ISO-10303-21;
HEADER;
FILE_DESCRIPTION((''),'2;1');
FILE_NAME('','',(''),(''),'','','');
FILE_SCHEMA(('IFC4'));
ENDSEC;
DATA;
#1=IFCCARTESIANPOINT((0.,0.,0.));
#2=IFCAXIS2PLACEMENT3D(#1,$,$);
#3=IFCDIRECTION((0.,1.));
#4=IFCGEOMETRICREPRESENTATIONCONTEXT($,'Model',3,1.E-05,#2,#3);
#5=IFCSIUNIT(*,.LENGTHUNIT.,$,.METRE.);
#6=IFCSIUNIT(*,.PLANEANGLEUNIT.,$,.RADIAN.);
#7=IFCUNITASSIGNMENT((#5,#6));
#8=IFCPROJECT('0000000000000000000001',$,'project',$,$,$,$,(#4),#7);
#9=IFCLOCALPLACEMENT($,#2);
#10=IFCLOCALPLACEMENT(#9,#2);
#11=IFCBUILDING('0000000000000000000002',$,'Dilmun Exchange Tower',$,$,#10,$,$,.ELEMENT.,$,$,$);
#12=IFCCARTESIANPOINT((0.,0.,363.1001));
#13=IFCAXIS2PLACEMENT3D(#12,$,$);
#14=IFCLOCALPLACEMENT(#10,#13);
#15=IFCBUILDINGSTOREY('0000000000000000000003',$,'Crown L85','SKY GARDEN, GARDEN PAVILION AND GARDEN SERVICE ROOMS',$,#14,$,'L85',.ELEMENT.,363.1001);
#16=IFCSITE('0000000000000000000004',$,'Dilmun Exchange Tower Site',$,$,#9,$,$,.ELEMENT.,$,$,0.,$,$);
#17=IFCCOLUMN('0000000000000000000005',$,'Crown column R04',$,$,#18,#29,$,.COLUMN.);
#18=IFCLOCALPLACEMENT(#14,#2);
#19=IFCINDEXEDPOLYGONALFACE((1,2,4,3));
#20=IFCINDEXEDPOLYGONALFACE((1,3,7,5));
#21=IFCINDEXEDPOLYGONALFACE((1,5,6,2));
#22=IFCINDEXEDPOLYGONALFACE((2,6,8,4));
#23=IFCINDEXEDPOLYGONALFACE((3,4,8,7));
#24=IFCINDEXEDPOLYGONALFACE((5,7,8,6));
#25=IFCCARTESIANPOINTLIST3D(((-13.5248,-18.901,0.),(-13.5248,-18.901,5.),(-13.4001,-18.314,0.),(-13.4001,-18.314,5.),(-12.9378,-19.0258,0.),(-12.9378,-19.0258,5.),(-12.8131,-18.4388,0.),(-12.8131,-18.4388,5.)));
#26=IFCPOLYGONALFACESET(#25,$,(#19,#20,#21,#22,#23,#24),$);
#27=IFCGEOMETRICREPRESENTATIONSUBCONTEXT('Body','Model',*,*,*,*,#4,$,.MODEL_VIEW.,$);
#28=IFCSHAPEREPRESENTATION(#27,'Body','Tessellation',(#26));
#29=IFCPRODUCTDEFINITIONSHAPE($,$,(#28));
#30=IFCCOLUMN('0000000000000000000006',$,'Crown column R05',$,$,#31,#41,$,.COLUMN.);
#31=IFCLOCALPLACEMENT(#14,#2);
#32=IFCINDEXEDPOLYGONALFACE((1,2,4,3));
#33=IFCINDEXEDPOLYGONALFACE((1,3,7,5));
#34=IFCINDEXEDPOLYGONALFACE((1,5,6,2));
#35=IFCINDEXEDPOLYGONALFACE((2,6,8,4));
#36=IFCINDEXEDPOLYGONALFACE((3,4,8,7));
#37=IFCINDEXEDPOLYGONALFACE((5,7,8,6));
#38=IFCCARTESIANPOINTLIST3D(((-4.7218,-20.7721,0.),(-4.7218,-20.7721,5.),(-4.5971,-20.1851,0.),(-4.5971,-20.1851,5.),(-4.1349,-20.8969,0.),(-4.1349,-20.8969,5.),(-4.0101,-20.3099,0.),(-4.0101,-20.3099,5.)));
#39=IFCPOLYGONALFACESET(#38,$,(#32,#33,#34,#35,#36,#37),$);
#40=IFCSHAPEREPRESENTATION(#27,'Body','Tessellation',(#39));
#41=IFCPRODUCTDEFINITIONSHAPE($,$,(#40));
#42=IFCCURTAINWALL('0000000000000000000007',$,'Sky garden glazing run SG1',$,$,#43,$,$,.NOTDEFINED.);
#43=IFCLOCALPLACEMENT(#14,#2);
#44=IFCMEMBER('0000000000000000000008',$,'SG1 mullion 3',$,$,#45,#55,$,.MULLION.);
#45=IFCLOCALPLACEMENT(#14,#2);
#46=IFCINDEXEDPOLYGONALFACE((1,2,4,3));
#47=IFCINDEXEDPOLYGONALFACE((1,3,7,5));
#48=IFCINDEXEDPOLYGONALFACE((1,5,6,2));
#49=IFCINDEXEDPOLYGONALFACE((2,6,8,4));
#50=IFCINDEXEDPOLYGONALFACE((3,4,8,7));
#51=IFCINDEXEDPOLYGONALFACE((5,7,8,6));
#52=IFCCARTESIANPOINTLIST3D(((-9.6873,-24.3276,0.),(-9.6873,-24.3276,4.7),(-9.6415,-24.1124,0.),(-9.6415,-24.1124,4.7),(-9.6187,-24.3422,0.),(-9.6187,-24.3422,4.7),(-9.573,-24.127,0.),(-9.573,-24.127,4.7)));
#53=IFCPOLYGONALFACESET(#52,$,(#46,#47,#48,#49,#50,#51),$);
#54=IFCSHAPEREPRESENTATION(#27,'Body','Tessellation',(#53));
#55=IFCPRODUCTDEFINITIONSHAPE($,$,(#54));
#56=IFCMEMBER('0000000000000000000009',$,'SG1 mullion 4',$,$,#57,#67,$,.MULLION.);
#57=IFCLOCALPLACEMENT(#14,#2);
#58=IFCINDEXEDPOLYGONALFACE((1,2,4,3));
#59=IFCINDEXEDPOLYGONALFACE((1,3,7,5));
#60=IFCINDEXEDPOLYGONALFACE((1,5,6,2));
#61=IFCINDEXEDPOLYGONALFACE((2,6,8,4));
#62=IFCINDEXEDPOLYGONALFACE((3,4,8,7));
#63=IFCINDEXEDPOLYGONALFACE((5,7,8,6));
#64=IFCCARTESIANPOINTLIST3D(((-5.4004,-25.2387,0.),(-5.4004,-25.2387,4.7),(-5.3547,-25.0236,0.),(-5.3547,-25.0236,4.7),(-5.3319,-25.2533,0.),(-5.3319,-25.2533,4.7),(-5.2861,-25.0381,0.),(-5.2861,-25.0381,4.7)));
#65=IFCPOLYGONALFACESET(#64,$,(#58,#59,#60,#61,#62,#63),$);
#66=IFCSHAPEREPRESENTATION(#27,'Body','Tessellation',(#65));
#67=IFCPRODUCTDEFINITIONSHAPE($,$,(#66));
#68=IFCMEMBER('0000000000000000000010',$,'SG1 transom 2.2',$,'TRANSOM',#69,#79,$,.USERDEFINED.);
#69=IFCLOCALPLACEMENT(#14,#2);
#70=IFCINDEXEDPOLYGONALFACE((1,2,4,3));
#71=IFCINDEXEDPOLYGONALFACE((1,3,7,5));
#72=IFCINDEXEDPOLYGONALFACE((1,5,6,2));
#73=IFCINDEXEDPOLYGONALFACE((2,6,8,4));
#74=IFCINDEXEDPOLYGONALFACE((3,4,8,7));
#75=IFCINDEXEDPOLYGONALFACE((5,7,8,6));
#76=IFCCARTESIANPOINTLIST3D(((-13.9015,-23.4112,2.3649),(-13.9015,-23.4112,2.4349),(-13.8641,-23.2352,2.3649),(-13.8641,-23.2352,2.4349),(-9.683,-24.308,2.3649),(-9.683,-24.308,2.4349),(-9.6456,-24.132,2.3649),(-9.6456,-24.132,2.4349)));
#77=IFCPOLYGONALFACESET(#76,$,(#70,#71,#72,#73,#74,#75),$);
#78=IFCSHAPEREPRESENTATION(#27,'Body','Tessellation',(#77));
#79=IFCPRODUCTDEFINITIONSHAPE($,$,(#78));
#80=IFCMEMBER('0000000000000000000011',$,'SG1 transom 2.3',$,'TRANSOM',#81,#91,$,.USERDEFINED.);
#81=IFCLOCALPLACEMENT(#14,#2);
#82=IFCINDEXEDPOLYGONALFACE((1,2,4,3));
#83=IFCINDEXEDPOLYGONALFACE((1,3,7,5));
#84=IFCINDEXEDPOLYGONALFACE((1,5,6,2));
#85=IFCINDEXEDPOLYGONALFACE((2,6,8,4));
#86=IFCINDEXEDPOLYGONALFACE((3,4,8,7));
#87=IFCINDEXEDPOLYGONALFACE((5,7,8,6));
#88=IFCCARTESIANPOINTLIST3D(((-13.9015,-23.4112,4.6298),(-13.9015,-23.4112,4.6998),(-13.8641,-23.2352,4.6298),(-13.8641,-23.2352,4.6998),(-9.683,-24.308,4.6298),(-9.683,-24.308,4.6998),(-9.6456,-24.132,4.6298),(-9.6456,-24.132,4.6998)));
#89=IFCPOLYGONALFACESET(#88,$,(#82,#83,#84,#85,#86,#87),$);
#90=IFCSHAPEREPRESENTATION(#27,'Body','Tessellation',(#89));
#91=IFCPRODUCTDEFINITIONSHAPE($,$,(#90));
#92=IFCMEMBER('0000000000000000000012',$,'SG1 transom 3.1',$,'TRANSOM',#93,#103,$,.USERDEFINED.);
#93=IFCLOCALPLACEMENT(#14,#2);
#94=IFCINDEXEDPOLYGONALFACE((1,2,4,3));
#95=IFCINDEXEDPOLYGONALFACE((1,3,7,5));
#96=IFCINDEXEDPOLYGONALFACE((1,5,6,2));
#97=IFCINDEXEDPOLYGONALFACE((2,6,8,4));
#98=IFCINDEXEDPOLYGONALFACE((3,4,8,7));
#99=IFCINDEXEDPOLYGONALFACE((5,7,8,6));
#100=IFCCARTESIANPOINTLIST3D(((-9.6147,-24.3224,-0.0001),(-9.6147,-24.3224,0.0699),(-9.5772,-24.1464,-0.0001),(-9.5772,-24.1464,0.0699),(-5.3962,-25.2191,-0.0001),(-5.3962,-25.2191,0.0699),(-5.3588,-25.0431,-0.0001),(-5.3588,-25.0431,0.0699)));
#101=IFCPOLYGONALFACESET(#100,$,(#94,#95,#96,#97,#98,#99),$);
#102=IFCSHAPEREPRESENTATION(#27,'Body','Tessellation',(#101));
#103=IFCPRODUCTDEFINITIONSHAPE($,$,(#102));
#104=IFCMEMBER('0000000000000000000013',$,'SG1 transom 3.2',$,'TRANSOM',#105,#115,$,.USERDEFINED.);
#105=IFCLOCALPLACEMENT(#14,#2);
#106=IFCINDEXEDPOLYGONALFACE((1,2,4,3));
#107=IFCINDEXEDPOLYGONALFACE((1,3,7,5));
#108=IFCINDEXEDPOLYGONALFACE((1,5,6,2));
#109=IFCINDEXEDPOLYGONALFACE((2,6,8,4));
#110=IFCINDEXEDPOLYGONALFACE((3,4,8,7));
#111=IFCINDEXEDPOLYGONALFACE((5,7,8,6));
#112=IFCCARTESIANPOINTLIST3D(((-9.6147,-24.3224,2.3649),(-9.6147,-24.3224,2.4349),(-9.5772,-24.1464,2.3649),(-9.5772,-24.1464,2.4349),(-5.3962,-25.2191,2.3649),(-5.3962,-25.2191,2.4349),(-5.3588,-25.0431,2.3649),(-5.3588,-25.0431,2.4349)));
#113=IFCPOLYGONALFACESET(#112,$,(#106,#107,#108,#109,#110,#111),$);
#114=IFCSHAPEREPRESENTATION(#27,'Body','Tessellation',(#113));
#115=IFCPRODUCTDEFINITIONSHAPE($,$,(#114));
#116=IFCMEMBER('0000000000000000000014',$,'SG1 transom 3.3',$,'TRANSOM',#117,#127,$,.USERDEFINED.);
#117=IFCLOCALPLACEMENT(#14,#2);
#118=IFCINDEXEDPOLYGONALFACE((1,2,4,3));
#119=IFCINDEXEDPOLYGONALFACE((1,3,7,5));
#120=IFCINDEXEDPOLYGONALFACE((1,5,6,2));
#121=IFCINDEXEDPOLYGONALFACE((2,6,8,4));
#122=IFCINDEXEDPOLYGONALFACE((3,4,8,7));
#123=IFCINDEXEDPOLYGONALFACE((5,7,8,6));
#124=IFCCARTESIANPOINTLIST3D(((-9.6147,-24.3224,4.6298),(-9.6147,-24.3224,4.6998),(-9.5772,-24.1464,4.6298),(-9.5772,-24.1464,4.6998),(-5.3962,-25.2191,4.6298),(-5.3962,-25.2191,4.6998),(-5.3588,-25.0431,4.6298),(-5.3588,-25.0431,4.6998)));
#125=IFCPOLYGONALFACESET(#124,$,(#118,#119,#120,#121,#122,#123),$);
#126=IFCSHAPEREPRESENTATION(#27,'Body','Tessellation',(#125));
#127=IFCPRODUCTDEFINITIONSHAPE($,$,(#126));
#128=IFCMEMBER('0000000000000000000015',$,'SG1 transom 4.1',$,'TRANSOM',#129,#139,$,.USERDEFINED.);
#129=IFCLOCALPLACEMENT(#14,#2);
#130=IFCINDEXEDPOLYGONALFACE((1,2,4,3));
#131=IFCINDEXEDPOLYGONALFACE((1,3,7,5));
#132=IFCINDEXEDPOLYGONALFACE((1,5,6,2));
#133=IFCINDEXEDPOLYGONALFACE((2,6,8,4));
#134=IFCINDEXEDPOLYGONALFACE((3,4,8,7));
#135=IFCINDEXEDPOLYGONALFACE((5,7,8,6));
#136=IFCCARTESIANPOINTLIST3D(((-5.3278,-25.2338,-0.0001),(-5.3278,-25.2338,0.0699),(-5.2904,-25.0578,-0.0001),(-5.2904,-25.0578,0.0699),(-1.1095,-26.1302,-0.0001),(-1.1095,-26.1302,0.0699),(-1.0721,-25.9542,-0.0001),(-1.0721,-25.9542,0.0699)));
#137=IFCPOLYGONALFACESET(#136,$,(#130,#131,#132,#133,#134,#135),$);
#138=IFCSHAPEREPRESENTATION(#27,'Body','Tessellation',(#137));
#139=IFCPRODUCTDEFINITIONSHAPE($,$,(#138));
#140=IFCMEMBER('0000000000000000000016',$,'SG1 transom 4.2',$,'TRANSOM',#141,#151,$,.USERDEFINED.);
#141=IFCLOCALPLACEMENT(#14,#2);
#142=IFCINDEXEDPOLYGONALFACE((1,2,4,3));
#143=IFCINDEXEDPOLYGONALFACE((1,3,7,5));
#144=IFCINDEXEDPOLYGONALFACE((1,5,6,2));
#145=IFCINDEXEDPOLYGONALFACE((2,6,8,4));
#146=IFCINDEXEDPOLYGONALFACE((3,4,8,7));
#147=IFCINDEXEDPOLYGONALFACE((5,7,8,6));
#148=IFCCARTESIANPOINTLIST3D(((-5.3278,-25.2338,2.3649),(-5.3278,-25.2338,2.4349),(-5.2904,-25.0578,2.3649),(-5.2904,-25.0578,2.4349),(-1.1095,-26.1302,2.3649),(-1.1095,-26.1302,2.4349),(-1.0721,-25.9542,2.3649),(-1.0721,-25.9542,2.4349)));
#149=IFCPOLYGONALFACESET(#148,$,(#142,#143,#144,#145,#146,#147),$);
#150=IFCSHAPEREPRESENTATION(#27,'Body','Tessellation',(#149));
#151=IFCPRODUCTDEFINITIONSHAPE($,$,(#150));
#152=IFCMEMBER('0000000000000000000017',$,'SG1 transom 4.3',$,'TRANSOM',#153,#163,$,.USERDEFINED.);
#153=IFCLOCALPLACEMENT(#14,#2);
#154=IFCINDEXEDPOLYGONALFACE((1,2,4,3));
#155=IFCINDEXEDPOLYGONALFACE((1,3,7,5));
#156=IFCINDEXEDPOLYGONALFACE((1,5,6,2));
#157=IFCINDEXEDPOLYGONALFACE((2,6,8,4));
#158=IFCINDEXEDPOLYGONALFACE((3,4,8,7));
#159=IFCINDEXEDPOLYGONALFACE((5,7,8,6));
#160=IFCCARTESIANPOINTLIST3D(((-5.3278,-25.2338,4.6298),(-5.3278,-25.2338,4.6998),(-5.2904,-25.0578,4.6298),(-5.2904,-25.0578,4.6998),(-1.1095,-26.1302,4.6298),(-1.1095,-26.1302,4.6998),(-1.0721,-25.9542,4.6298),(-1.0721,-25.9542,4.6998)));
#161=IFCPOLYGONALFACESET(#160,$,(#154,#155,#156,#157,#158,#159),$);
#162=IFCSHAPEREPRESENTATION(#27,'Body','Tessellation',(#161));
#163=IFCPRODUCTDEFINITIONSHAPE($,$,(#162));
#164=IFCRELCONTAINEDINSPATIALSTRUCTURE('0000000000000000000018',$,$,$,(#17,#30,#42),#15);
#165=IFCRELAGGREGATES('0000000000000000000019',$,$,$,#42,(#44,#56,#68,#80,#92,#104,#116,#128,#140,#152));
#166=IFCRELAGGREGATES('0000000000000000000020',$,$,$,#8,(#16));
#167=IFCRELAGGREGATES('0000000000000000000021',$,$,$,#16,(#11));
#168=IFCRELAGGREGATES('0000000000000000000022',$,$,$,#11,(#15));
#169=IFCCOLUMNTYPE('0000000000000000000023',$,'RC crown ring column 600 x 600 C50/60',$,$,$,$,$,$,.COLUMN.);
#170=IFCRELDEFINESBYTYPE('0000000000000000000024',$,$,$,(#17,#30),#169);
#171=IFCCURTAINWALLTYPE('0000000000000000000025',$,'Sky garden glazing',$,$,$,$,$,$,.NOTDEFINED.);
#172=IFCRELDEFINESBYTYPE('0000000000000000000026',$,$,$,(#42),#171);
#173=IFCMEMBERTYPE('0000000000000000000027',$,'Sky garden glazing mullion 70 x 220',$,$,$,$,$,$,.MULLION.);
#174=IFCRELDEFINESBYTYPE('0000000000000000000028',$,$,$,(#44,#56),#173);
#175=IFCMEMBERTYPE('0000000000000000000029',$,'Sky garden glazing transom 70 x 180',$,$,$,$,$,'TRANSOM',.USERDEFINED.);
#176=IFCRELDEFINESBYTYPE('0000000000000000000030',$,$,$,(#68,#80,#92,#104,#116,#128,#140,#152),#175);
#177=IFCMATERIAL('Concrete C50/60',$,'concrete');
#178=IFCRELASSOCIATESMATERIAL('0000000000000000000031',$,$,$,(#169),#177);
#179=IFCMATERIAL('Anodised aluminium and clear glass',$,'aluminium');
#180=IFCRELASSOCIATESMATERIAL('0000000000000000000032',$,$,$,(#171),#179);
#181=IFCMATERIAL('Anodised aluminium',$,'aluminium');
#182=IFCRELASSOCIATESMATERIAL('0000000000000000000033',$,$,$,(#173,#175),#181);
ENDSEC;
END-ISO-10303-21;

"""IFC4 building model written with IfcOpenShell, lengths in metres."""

from ifc_helpers import new_model, si_unit, direction, frame, origin, origin_2d, place, context, subcontext, project, spatial, rectangle, extrude, material, material_profile, profile_set, type_object, element, aggregate, save


model = new_model("IFC4")

# Units and contexts
model_context = context("Model", 3, precision=1e-05, world=origin(), true_north=direction((0.0, 1.0)))
body_context = subcontext(model_context, "Body", "Model", "MODEL_VIEW")
ifc_project = project(units=[si_unit("LENGTHUNIT", "METRE"), si_unit("PLANEANGLEUNIT", "RADIAN")], contexts=[model_context])

# Site, building, storey
site_placement = place(None, origin())
site = spatial("IfcSite", under=ifc_project, at=site_placement, Name="Dilmun Exchange Tower Site", CompositionType="ELEMENT", RefElevation=0.0)
building_placement = place(site_placement, origin())
building = spatial("IfcBuilding", under=site, at=building_placement, Name="Dilmun Exchange Tower", CompositionType="ELEMENT")
storey_placement = place(building_placement, frame((0.0, 0.0, 363.1001)))
storey = spatial("IfcBuildingStorey", under=building, at=storey_placement, Name="Crown L85", Description="SKY GARDEN, GARDEN PAVILION AND GARDEN SERVICE ROOMS", LongName="L85", CompositionType="ELEMENT", Elevation=363.1001)

# Columns
ifc_material_1 = material(Name="Concrete C50/60", Category="concrete")
ifc_material_profile_1 = material_profile(ifc_material_1, rectangle(XDim=0.6001, YDim=0.6001, at=origin_2d()), Name="600 x 600")
ifc_profile_set_1 = profile_set([ifc_material_profile_1], Name="Concrete C50/60")
column_type = type_object("IfcColumnType", Name="RC crown ring column 600 x 600 C50/60", PredefinedType="COLUMN", material=ifc_profile_set_1)
for number, where, z_axis, x_axis, name in (
    (1, (-13.1689, -18.6699, 0.0), (0.0, 0.0, 1.0), (0.207912, 0.978148, 0.0), "Crown column R04"),
    (2, (-4.366, -20.541, 0.0), (0.0, 0.0, 1.0), (0.207912, 0.978148, 0.0), "Crown column R05"),
):
    element("IfcColumn", number, at=place(storey_placement, frame(where, z_axis=z_axis, x_axis=x_axis)), inside=storey, type_object=column_type, Name=name, PredefinedType="COLUMN", context=body_context, shape_type="SweptSolid", body=[
        extrude(rectangle(XDim=0.6001, YDim=0.6001, at=origin_2d()), origin(), (0.0, 0.0, 1.0), 5.0),
    ])

# Curtain wall, members
ifc_material_2 = material(Name="Anodised aluminium and clear glass", Category="aluminium")
curtain_wall_type = type_object("IfcCurtainWallType", Name="Sky garden glazing", PredefinedType="NOTDEFINED", material=ifc_material_2)
curtain_wall_placement = place(storey_placement, origin())
curtain_wall = element("IfcCurtainWall", 3, at=curtain_wall_placement, inside=storey, type_object=curtain_wall_type, Name="Sky garden glazing run SG1", PredefinedType="NOTDEFINED")
ifc_material_3 = material(Name="Anodised aluminium", Category="aluminium")
ifc_material_profile_2 = material_profile(ifc_material_3, rectangle(XDim=0.22, YDim=0.0701, at=origin_2d()), Name="AL 70x220")
ifc_profile_set_2 = profile_set([ifc_material_profile_2], Name="Anodised aluminium")
member_type_1 = type_object("IfcMemberType", Name="Sky garden glazing mullion 70 x 220", PredefinedType="MULLION", material=ifc_profile_set_2)
member_1_placement = place(storey_placement, frame((-9.6301, -24.2273, 0.0), z_axis=(0.0, 0.0, 1.0), x_axis=(0.207913, 0.978147, 0.0)))
member_1 = element("IfcMember", 4, at=member_1_placement, type_object=member_type_1, Name="SG1 mullion 3", PredefinedType="MULLION", context=body_context, shape_type="SweptSolid", body=[
    extrude(rectangle(XDim=0.22, YDim=0.0701, at=origin_2d()), origin(), (0.0, 0.0, 1.0), 4.7),
])
member_2_placement = place(storey_placement, frame((-5.3433, -25.1384, 0.0), z_axis=(0.0, 0.0, 1.0), x_axis=(0.207913, 0.978147, 0.0)))
member_2 = element("IfcMember", 5, at=member_2_placement, type_object=member_type_1, Name="SG1 mullion 4", PredefinedType="MULLION", context=body_context, shape_type="SweptSolid", body=[
    extrude(rectangle(XDim=0.22, YDim=0.0701, at=origin_2d()), origin(), (0.0, 0.0, 1.0), 4.7),
])
ifc_material_profile_3 = material_profile(ifc_material_3, rectangle(XDim=0.1799, YDim=0.0701, at=origin_2d()), Name="AL 70x180")
ifc_profile_set_3 = profile_set([ifc_material_profile_3], Name="Anodised aluminium")
member_type_2 = type_object("IfcMemberType", Name="Sky garden glazing transom 70 x 180", ElementType="TRANSOM", PredefinedType="USERDEFINED", material=ifc_profile_set_3)
member_3_placement = place(storey_placement, frame((-13.8828, -23.3232, 2.3999), z_axis=(0.978145, -0.207924, 0.0), x_axis=(0.207924, 0.978145, 0.0)))
member_3 = element("IfcMember", 6, at=member_3_placement, type_object=member_type_2, Name="SG1 transom 2.2", ObjectType="TRANSOM", PredefinedType="USERDEFINED", context=body_context, shape_type="SweptSolid", body=[
    extrude(rectangle(XDim=0.1799, YDim=0.0701, at=origin_2d()), origin(), (0.0, 0.0, 1.0), 4.3127),
])
member_4_placement = place(storey_placement, frame((-13.8828, -23.3232, 4.6648), z_axis=(0.978145, -0.207924, 0.0), x_axis=(0.207924, 0.978145, 0.0)))
member_4 = element("IfcMember", 7, at=member_4_placement, type_object=member_type_2, Name="SG1 transom 2.3", ObjectType="TRANSOM", PredefinedType="USERDEFINED", context=body_context, shape_type="SweptSolid", body=[
    extrude(rectangle(XDim=0.1799, YDim=0.0701, at=origin_2d()), origin(), (0.0, 0.0, 1.0), 4.3127),
])
member_5_placement = place(storey_placement, frame((-9.5959, -24.2344, 0.0349), z_axis=(0.978145, -0.207924, 0.0), x_axis=(0.207924, 0.978145, 0.0)))
member_5 = element("IfcMember", 8, at=member_5_placement, type_object=member_type_2, Name="SG1 transom 3.1", ObjectType="TRANSOM", PredefinedType="USERDEFINED", context=body_context, shape_type="SweptSolid", body=[
    extrude(rectangle(XDim=0.1799, YDim=0.0701, at=origin_2d()), origin(), (0.0, 0.0, 1.0), 4.3127),
])
member_6_placement = place(storey_placement, frame((-9.5959, -24.2344, 2.3999), z_axis=(0.978145, -0.207924, 0.0), x_axis=(0.207924, 0.978145, 0.0)))
member_6 = element("IfcMember", 9, at=member_6_placement, type_object=member_type_2, Name="SG1 transom 3.2", ObjectType="TRANSOM", PredefinedType="USERDEFINED", context=body_context, shape_type="SweptSolid", body=[
    extrude(rectangle(XDim=0.1799, YDim=0.0701, at=origin_2d()), origin(), (0.0, 0.0, 1.0), 4.3127),
])
member_7_placement = place(storey_placement, frame((-9.5959, -24.2344, 4.6648), z_axis=(0.978145, -0.207924, 0.0), x_axis=(0.207924, 0.978145, 0.0)))
member_7 = element("IfcMember", 10, at=member_7_placement, type_object=member_type_2, Name="SG1 transom 3.3", ObjectType="TRANSOM", PredefinedType="USERDEFINED", context=body_context, shape_type="SweptSolid", body=[
    extrude(rectangle(XDim=0.1799, YDim=0.0701, at=origin_2d()), origin(), (0.0, 0.0, 1.0), 4.3127),
])
member_8_placement = place(storey_placement, frame((-5.3091, -25.1458, 0.0349), z_axis=(0.978154, -0.207882, 0.0), x_axis=(0.207882, 0.978154, 0.0)))
member_8 = element("IfcMember", 11, at=member_8_placement, type_object=member_type_2, Name="SG1 transom 4.1", ObjectType="TRANSOM", PredefinedType="USERDEFINED", context=body_context, shape_type="SweptSolid", body=[
    extrude(rectangle(XDim=0.1799, YDim=0.0701, at=origin_2d()), origin(), (0.0, 0.0, 1.0), 4.3125),
])
member_9_placement = place(storey_placement, frame((-5.3091, -25.1458, 2.3999), z_axis=(0.978154, -0.207882, 0.0), x_axis=(0.207882, 0.978154, 0.0)))
member_9 = element("IfcMember", 12, at=member_9_placement, type_object=member_type_2, Name="SG1 transom 4.2", ObjectType="TRANSOM", PredefinedType="USERDEFINED", context=body_context, shape_type="SweptSolid", body=[
    extrude(rectangle(XDim=0.1799, YDim=0.0701, at=origin_2d()), origin(), (0.0, 0.0, 1.0), 4.3125),
])
member_10_placement = place(storey_placement, frame((-5.3091, -25.1458, 4.6648), z_axis=(0.978154, -0.207882, 0.0), x_axis=(0.207882, 0.978154, 0.0)))
member_10 = element("IfcMember", 13, at=member_10_placement, type_object=member_type_2, Name="SG1 transom 4.3", ObjectType="TRANSOM", PredefinedType="USERDEFINED", context=body_context, shape_type="SweptSolid", body=[
    extrude(rectangle(XDim=0.1799, YDim=0.0701, at=origin_2d()), origin(), (0.0, 0.0, 1.0), 4.3125),
])

aggregate(curtain_wall, [member_1, member_2, member_3, member_4, member_5, member_6, member_7, member_8, member_9, member_10])

save(model, "model.ifc")
